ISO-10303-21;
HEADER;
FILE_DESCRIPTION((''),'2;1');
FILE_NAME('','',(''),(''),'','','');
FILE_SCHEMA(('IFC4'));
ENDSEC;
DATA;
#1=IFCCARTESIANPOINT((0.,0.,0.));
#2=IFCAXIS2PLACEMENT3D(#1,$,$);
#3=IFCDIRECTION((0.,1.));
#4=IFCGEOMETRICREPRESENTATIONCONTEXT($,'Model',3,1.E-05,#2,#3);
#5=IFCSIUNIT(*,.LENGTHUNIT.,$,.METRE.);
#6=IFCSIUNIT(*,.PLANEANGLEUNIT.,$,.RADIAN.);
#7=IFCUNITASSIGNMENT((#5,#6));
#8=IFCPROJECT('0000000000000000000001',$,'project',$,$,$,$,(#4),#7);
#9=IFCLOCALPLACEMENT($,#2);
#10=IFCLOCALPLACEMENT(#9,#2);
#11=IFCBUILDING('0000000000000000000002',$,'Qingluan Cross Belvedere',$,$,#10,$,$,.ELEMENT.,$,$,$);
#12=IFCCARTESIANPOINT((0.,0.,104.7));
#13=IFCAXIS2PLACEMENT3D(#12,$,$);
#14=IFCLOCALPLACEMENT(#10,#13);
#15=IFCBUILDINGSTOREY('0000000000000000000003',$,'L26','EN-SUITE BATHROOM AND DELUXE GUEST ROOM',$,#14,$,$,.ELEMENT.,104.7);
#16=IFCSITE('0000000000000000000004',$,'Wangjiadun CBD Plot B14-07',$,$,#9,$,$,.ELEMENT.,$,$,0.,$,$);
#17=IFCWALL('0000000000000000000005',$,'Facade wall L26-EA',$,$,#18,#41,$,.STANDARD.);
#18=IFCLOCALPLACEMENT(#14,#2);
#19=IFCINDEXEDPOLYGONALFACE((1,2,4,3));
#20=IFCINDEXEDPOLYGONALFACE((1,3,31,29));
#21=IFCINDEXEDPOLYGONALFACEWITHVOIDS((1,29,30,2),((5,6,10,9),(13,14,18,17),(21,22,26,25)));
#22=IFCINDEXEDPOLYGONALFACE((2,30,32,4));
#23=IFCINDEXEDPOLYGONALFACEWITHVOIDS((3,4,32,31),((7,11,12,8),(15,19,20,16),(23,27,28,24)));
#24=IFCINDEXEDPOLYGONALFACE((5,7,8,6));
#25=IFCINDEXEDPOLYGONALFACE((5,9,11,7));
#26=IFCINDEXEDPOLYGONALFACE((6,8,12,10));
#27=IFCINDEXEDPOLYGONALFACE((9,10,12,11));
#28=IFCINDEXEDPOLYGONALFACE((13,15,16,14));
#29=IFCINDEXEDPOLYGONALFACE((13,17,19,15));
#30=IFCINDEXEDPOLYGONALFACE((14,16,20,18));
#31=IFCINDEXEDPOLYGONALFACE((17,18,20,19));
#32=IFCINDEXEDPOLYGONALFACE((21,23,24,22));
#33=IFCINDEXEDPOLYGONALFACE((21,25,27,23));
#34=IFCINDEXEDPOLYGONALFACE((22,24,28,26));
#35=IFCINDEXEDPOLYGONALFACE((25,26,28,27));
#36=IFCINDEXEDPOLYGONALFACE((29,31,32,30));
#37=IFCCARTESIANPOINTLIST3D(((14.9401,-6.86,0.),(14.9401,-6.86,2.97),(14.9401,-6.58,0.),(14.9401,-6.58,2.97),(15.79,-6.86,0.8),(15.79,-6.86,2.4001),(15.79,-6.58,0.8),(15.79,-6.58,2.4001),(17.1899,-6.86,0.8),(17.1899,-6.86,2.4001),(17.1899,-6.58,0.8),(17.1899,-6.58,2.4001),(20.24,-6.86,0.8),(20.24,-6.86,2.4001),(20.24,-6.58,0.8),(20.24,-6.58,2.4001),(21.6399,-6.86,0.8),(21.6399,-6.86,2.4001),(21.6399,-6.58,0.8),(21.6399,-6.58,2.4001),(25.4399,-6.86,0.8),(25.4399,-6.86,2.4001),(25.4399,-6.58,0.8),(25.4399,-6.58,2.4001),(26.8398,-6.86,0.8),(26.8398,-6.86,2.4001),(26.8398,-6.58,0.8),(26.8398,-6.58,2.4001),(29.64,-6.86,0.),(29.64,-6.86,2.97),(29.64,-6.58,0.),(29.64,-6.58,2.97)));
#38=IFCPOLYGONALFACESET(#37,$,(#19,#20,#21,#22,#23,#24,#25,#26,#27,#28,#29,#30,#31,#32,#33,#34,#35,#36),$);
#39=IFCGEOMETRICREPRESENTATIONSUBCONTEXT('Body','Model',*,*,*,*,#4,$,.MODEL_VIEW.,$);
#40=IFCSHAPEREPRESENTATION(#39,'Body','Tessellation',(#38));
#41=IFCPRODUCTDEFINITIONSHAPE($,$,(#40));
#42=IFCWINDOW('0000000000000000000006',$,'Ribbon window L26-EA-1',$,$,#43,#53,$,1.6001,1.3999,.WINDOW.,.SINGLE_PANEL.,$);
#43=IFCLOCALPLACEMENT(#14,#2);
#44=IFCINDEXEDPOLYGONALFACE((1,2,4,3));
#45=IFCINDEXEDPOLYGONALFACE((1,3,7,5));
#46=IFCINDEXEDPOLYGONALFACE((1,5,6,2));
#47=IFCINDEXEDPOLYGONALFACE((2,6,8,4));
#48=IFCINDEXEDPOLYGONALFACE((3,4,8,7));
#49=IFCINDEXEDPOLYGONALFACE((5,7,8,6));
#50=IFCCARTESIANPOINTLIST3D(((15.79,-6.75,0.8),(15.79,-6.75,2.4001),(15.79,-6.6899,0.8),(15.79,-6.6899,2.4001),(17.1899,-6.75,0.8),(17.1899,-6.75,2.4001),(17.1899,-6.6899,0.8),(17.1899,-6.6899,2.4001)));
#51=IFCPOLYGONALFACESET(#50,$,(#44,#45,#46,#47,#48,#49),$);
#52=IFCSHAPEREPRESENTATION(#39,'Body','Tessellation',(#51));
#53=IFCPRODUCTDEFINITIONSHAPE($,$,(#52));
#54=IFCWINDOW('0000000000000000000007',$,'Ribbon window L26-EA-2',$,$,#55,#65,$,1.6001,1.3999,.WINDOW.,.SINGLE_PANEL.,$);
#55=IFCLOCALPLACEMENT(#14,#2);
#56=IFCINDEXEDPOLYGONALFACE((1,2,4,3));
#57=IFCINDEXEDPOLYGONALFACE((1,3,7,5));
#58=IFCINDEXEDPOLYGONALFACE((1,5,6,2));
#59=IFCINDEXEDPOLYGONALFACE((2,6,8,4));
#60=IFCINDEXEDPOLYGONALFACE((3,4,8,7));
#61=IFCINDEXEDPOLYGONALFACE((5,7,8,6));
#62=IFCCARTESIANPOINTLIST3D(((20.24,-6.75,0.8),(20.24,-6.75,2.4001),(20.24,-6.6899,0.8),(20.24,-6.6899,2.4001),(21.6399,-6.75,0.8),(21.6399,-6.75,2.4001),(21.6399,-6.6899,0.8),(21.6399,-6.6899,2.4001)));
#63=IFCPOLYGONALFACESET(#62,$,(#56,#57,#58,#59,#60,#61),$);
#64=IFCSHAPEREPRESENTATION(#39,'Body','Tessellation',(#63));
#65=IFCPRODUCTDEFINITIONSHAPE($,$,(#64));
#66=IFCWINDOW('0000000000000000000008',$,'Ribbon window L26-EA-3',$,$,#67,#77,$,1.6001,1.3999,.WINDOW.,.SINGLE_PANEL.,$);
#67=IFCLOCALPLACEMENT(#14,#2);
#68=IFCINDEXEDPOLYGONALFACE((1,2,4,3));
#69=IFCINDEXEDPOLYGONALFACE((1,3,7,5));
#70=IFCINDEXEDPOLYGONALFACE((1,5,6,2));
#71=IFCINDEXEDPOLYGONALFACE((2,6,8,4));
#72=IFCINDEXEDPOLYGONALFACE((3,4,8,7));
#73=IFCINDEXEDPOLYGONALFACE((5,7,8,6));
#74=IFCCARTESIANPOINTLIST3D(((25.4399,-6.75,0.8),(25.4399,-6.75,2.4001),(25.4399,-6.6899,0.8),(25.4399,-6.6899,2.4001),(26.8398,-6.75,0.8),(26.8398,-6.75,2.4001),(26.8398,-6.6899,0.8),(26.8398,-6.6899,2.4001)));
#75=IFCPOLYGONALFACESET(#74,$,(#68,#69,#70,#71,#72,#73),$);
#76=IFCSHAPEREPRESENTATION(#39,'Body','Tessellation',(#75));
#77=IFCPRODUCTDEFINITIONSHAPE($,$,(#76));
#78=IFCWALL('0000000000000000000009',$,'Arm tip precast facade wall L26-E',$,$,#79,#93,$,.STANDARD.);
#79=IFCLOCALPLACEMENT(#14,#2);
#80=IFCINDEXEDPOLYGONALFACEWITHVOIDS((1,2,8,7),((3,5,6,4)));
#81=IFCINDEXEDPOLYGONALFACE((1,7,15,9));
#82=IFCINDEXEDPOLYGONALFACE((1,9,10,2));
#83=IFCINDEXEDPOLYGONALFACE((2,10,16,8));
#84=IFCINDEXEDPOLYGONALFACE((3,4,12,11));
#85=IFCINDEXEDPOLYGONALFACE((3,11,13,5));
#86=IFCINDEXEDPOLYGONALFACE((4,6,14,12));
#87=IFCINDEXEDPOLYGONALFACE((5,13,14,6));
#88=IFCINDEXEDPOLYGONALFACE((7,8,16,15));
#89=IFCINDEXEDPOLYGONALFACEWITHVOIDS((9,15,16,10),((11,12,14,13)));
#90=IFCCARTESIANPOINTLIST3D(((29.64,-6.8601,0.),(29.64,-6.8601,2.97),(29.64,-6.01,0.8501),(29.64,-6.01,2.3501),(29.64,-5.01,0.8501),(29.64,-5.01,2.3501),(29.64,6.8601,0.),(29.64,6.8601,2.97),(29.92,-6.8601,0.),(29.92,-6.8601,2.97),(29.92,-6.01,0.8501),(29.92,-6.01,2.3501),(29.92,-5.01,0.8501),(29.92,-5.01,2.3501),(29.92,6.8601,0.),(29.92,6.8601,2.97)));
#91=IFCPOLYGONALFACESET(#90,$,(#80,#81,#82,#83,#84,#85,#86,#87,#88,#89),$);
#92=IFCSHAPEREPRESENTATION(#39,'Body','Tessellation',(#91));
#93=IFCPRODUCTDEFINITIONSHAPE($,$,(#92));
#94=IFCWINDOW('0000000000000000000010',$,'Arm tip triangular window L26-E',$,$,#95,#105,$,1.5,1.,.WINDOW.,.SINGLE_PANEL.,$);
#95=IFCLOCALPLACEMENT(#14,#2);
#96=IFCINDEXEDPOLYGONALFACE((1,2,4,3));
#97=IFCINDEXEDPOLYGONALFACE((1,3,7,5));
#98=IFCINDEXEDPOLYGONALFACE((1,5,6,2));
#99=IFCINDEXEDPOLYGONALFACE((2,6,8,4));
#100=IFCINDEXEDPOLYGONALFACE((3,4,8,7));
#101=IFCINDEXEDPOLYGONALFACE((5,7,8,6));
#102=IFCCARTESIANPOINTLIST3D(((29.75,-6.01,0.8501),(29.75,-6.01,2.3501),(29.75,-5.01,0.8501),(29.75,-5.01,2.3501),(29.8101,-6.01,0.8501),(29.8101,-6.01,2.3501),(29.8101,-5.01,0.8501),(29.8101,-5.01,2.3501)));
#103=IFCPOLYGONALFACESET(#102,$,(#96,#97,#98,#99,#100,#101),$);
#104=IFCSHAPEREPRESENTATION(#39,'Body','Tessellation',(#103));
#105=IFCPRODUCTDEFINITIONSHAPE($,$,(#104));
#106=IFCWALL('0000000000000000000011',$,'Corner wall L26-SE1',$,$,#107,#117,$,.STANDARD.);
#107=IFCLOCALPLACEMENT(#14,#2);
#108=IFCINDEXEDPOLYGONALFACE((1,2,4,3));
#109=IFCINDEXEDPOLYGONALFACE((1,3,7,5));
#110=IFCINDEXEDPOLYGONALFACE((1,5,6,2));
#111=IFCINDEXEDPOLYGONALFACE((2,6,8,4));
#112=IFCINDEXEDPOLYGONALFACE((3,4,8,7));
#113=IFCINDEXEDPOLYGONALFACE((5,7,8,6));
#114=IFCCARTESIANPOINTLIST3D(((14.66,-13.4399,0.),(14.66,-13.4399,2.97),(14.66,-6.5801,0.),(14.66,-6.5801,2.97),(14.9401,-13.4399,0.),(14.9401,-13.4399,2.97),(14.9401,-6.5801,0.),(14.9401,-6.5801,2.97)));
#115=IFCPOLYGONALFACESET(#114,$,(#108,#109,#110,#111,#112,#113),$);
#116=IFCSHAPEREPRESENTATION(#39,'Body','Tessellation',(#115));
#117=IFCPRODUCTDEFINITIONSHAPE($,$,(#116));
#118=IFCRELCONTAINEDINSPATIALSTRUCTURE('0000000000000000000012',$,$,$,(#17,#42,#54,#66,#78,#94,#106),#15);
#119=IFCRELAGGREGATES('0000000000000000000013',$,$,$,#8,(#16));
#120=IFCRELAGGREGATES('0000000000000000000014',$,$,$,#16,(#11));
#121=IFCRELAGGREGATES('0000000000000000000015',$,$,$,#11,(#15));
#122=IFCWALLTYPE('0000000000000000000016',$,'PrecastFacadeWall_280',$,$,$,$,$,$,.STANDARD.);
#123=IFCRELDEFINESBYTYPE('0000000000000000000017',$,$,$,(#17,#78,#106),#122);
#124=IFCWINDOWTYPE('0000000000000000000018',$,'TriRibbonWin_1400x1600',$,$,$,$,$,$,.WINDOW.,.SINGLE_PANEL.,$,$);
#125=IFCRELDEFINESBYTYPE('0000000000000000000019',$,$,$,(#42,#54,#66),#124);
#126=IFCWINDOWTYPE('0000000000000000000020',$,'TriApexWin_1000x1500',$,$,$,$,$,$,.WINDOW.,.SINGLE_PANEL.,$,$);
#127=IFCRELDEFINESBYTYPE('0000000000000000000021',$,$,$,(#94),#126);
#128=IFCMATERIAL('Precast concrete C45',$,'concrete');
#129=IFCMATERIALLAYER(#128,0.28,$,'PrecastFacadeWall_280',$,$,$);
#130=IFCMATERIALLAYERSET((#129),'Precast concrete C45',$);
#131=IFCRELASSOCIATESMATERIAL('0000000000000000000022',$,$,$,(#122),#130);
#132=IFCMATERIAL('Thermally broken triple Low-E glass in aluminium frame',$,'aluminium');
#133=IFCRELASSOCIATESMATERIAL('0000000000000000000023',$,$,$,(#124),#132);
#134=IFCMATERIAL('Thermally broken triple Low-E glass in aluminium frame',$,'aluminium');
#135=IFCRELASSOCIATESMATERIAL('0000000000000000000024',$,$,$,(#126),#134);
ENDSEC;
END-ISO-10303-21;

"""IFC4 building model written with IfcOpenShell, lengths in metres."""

from ifc_helpers import new_model, si_unit, direction, frame, frame_2d, origin, place, context, subcontext, project, spatial, rectangle, extrude, material, layer, layer_set, type_object, element, fill, save


model = new_model("IFC4")

# Units and contexts
model_context = context("Model", 3, precision=1e-05, world=origin(), true_north=direction((0.0, 1.0)))
body_context = subcontext(model_context, "Body", "Model", "MODEL_VIEW")
ifc_project = project(units=[si_unit("LENGTHUNIT", "METRE"), si_unit("PLANEANGLEUNIT", "RADIAN")], contexts=[model_context])

# Site, building, storey
site_placement = place(None, origin())
site = spatial("IfcSite", under=ifc_project, at=site_placement, Name="Wangjiadun CBD Plot B14-07", CompositionType="ELEMENT", RefElevation=0.0)
building_placement = place(site_placement, origin())
building = spatial("IfcBuilding", under=site, at=building_placement, Name="Qingluan Cross Belvedere", CompositionType="ELEMENT")
storey_placement = place(building_placement, frame((0.0, 0.0, 104.7)))
storey = spatial("IfcBuildingStorey", under=building, at=storey_placement, Name="L26", Description="EN-SUITE BATHROOM AND DELUXE GUEST ROOM", CompositionType="ELEMENT", Elevation=104.7)

# Wall, openings, windows
ifc_material_1 = material(Name="Precast concrete C45", Category="concrete")
ifc_layer_1 = layer(ifc_material_1, 0.28, Name="PrecastFacadeWall_280")
ifc_layer_set_1 = layer_set([ifc_layer_1], Name="Precast concrete C45")
wall_type_1 = type_object("IfcWallType", Name="PrecastFacadeWall_280", PredefinedType="STANDARD", material=ifc_layer_set_1)
wall_1_placement = place(storey_placement, frame((14.9399, -6.72, 0.0), z_axis=(0.0, 0.0, 1.0), x_axis=(1.0, 0.0, 0.0)))
wall_1 = element("IfcWall", 1, at=wall_1_placement, inside=storey, type_object=wall_type_1, Name="Facade wall L26-EA", PredefinedType="STANDARD", context=body_context, shape_type="SweptSolid", body=[
    extrude(rectangle(XDim=14.7, YDim=0.28, at=frame_2d((7.3501, 0.0))), origin(), (0.0, 0.0, 1.0), 2.97),
])
opening_1_placement = place(wall_1_placement, frame((0.8501, 0.0, 0.8)))
opening_1 = element("IfcOpeningElement", 2, at=opening_1_placement, cuts=wall_1, PredefinedType="OPENING", context=body_context, shape_type="SweptSolid", body=[
    extrude(rectangle(XDim=1.3999, YDim=1.6001, at=frame_2d((0.7, 0.8))), frame((0.0, 0.1499, 0.0), z_axis=(0.0, -1.0, 0.0), x_axis=(1.0, 0.0, 0.0)), (0.0, 0.0, 1.0), 0.3),
])
opening_2_placement = place(wall_1_placement, frame((5.3, 0.0, 0.8)))
opening_2 = element("IfcOpeningElement", 3, at=opening_2_placement, cuts=wall_1, PredefinedType="OPENING", context=body_context, shape_type="SweptSolid", body=[
    extrude(rectangle(XDim=1.3999, YDim=1.6001, at=frame_2d((0.7, 0.8))), frame((0.0, 0.1499, 0.0), z_axis=(0.0, -1.0, 0.0), x_axis=(1.0, 0.0, 0.0)), (0.0, 0.0, 1.0), 0.3),
])
opening_3_placement = place(wall_1_placement, frame((10.5, 0.0, 0.8)))
opening_3 = element("IfcOpeningElement", 4, at=opening_3_placement, cuts=wall_1, PredefinedType="OPENING", context=body_context, shape_type="SweptSolid", body=[
    extrude(rectangle(XDim=1.3999, YDim=1.6001, at=frame_2d((0.7, 0.8))), frame((0.0, 0.1499, 0.0), z_axis=(0.0, -1.0, 0.0), x_axis=(1.0, 0.0, 0.0)), (0.0, 0.0, 1.0), 0.3),
])
ifc_material_2 = material(Name="Thermally broken triple Low-E glass in aluminium frame", Category="aluminium")
window_type_1 = type_object("IfcWindowType", Name="TriRibbonWin_1400x1600", PartitioningType="SINGLE_PANEL", PredefinedType="WINDOW", material=ifc_material_2)
window_1_placement = place(opening_1_placement, origin())
window_1 = element("IfcWindow", 5, at=window_1_placement, inside=storey, type_object=window_type_1, Name="Ribbon window L26-EA-1", OverallHeight=1.6001, OverallWidth=1.3999, PartitioningType="SINGLE_PANEL", PredefinedType="WINDOW", context=body_context, shape_type="SweptSolid", body=[
    extrude(rectangle(XDim=1.3999, YDim=1.6001, at=frame_2d((0.7, 0.8))), frame((0.0, 0.03, 0.0), z_axis=(0.0, -1.0, 0.0), x_axis=(1.0, 0.0, 0.0)), (0.0, 0.0, 1.0), 0.0601),
])
fill(opening_1, window_1)
window_2_placement = place(opening_2_placement, origin())
window_2 = element("IfcWindow", 6, at=window_2_placement, inside=storey, type_object=window_type_1, Name="Ribbon window L26-EA-2", OverallHeight=1.6001, OverallWidth=1.3999, PartitioningType="SINGLE_PANEL", PredefinedType="WINDOW", context=body_context, shape_type="SweptSolid", body=[
    extrude(rectangle(XDim=1.3999, YDim=1.6001, at=frame_2d((0.7, 0.8))), frame((0.0, 0.03, 0.0), z_axis=(0.0, -1.0, 0.0), x_axis=(1.0, 0.0, 0.0)), (0.0, 0.0, 1.0), 0.0601),
])
fill(opening_2, window_2)
window_3_placement = place(opening_3_placement, origin())
window_3 = element("IfcWindow", 7, at=window_3_placement, inside=storey, type_object=window_type_1, Name="Ribbon window L26-EA-3", OverallHeight=1.6001, OverallWidth=1.3999, PartitioningType="SINGLE_PANEL", PredefinedType="WINDOW", context=body_context, shape_type="SweptSolid", body=[
    extrude(rectangle(XDim=1.3999, YDim=1.6001, at=frame_2d((0.7, 0.8))), frame((0.0, 0.03, 0.0), z_axis=(0.0, -1.0, 0.0), x_axis=(1.0, 0.0, 0.0)), (0.0, 0.0, 1.0), 0.0601),
])
fill(opening_3, window_3)

# Wall, opening, window
wall_2_placement = place(storey_placement, frame((29.78, -6.8601, 0.0), z_axis=(0.0, 0.0, 1.0), x_axis=(0.0, 1.0, 0.0)))
wall_2 = element("IfcWall", 8, at=wall_2_placement, inside=storey, type_object=wall_type_1, Name="Arm tip precast facade wall L26-E", PredefinedType="STANDARD", context=body_context, shape_type="SweptSolid", body=[
    extrude(rectangle(XDim=13.7202, YDim=0.28, at=frame_2d((6.8601, 0.0))), origin(), (0.0, 0.0, 1.0), 2.97),
])
opening_4_placement = place(wall_2_placement, frame((0.8501, 0.0, 0.8501)))
opening_4 = element("IfcOpeningElement", 9, at=opening_4_placement, cuts=wall_2, PredefinedType="OPENING", context=body_context, shape_type="SweptSolid", body=[
    extrude(rectangle(XDim=1.0, YDim=1.5, at=frame_2d((0.5, 0.75))), frame((0.0, 0.1499, 0.0), z_axis=(0.0, -1.0, 0.0), x_axis=(1.0, 0.0, 0.0)), (0.0, 0.0, 1.0), 0.3),
])
ifc_material_3 = material(Name="Thermally broken triple Low-E glass in aluminium frame", Category="aluminium")
window_type_2 = type_object("IfcWindowType", Name="TriApexWin_1000x1500", PartitioningType="SINGLE_PANEL", PredefinedType="WINDOW", material=ifc_material_3)
window_4_placement = place(opening_4_placement, origin())
window_4 = element("IfcWindow", 10, at=window_4_placement, inside=storey, type_object=window_type_2, Name="Arm tip triangular window L26-E", OverallHeight=1.5, OverallWidth=1.0, PartitioningType="SINGLE_PANEL", PredefinedType="WINDOW", context=body_context, shape_type="SweptSolid", body=[
    extrude(rectangle(XDim=1.0, YDim=1.5, at=frame_2d((0.5, 0.75))), frame((0.0, 0.03, 0.0), z_axis=(0.0, -1.0, 0.0), x_axis=(1.0, 0.0, 0.0)), (0.0, 0.0, 1.0), 0.0601),
])
fill(opening_4, window_4)

# Wall
wall_3_placement = place(storey_placement, frame((14.8, -6.5801, 0.0), z_axis=(0.0, 0.0, 1.0), x_axis=(0.0, -1.0, 0.0)))
element("IfcWall", 11, at=wall_3_placement, inside=storey, type_object=wall_type_1, Name="Corner wall L26-SE1", PredefinedType="STANDARD", context=body_context, shape_type="SweptSolid", body=[
    extrude(rectangle(XDim=6.8599, YDim=0.28, at=frame_2d((3.4299, 0.0))), origin(), (0.0, 0.0, 1.0), 2.97),
])

save(model, "model.ifc")
